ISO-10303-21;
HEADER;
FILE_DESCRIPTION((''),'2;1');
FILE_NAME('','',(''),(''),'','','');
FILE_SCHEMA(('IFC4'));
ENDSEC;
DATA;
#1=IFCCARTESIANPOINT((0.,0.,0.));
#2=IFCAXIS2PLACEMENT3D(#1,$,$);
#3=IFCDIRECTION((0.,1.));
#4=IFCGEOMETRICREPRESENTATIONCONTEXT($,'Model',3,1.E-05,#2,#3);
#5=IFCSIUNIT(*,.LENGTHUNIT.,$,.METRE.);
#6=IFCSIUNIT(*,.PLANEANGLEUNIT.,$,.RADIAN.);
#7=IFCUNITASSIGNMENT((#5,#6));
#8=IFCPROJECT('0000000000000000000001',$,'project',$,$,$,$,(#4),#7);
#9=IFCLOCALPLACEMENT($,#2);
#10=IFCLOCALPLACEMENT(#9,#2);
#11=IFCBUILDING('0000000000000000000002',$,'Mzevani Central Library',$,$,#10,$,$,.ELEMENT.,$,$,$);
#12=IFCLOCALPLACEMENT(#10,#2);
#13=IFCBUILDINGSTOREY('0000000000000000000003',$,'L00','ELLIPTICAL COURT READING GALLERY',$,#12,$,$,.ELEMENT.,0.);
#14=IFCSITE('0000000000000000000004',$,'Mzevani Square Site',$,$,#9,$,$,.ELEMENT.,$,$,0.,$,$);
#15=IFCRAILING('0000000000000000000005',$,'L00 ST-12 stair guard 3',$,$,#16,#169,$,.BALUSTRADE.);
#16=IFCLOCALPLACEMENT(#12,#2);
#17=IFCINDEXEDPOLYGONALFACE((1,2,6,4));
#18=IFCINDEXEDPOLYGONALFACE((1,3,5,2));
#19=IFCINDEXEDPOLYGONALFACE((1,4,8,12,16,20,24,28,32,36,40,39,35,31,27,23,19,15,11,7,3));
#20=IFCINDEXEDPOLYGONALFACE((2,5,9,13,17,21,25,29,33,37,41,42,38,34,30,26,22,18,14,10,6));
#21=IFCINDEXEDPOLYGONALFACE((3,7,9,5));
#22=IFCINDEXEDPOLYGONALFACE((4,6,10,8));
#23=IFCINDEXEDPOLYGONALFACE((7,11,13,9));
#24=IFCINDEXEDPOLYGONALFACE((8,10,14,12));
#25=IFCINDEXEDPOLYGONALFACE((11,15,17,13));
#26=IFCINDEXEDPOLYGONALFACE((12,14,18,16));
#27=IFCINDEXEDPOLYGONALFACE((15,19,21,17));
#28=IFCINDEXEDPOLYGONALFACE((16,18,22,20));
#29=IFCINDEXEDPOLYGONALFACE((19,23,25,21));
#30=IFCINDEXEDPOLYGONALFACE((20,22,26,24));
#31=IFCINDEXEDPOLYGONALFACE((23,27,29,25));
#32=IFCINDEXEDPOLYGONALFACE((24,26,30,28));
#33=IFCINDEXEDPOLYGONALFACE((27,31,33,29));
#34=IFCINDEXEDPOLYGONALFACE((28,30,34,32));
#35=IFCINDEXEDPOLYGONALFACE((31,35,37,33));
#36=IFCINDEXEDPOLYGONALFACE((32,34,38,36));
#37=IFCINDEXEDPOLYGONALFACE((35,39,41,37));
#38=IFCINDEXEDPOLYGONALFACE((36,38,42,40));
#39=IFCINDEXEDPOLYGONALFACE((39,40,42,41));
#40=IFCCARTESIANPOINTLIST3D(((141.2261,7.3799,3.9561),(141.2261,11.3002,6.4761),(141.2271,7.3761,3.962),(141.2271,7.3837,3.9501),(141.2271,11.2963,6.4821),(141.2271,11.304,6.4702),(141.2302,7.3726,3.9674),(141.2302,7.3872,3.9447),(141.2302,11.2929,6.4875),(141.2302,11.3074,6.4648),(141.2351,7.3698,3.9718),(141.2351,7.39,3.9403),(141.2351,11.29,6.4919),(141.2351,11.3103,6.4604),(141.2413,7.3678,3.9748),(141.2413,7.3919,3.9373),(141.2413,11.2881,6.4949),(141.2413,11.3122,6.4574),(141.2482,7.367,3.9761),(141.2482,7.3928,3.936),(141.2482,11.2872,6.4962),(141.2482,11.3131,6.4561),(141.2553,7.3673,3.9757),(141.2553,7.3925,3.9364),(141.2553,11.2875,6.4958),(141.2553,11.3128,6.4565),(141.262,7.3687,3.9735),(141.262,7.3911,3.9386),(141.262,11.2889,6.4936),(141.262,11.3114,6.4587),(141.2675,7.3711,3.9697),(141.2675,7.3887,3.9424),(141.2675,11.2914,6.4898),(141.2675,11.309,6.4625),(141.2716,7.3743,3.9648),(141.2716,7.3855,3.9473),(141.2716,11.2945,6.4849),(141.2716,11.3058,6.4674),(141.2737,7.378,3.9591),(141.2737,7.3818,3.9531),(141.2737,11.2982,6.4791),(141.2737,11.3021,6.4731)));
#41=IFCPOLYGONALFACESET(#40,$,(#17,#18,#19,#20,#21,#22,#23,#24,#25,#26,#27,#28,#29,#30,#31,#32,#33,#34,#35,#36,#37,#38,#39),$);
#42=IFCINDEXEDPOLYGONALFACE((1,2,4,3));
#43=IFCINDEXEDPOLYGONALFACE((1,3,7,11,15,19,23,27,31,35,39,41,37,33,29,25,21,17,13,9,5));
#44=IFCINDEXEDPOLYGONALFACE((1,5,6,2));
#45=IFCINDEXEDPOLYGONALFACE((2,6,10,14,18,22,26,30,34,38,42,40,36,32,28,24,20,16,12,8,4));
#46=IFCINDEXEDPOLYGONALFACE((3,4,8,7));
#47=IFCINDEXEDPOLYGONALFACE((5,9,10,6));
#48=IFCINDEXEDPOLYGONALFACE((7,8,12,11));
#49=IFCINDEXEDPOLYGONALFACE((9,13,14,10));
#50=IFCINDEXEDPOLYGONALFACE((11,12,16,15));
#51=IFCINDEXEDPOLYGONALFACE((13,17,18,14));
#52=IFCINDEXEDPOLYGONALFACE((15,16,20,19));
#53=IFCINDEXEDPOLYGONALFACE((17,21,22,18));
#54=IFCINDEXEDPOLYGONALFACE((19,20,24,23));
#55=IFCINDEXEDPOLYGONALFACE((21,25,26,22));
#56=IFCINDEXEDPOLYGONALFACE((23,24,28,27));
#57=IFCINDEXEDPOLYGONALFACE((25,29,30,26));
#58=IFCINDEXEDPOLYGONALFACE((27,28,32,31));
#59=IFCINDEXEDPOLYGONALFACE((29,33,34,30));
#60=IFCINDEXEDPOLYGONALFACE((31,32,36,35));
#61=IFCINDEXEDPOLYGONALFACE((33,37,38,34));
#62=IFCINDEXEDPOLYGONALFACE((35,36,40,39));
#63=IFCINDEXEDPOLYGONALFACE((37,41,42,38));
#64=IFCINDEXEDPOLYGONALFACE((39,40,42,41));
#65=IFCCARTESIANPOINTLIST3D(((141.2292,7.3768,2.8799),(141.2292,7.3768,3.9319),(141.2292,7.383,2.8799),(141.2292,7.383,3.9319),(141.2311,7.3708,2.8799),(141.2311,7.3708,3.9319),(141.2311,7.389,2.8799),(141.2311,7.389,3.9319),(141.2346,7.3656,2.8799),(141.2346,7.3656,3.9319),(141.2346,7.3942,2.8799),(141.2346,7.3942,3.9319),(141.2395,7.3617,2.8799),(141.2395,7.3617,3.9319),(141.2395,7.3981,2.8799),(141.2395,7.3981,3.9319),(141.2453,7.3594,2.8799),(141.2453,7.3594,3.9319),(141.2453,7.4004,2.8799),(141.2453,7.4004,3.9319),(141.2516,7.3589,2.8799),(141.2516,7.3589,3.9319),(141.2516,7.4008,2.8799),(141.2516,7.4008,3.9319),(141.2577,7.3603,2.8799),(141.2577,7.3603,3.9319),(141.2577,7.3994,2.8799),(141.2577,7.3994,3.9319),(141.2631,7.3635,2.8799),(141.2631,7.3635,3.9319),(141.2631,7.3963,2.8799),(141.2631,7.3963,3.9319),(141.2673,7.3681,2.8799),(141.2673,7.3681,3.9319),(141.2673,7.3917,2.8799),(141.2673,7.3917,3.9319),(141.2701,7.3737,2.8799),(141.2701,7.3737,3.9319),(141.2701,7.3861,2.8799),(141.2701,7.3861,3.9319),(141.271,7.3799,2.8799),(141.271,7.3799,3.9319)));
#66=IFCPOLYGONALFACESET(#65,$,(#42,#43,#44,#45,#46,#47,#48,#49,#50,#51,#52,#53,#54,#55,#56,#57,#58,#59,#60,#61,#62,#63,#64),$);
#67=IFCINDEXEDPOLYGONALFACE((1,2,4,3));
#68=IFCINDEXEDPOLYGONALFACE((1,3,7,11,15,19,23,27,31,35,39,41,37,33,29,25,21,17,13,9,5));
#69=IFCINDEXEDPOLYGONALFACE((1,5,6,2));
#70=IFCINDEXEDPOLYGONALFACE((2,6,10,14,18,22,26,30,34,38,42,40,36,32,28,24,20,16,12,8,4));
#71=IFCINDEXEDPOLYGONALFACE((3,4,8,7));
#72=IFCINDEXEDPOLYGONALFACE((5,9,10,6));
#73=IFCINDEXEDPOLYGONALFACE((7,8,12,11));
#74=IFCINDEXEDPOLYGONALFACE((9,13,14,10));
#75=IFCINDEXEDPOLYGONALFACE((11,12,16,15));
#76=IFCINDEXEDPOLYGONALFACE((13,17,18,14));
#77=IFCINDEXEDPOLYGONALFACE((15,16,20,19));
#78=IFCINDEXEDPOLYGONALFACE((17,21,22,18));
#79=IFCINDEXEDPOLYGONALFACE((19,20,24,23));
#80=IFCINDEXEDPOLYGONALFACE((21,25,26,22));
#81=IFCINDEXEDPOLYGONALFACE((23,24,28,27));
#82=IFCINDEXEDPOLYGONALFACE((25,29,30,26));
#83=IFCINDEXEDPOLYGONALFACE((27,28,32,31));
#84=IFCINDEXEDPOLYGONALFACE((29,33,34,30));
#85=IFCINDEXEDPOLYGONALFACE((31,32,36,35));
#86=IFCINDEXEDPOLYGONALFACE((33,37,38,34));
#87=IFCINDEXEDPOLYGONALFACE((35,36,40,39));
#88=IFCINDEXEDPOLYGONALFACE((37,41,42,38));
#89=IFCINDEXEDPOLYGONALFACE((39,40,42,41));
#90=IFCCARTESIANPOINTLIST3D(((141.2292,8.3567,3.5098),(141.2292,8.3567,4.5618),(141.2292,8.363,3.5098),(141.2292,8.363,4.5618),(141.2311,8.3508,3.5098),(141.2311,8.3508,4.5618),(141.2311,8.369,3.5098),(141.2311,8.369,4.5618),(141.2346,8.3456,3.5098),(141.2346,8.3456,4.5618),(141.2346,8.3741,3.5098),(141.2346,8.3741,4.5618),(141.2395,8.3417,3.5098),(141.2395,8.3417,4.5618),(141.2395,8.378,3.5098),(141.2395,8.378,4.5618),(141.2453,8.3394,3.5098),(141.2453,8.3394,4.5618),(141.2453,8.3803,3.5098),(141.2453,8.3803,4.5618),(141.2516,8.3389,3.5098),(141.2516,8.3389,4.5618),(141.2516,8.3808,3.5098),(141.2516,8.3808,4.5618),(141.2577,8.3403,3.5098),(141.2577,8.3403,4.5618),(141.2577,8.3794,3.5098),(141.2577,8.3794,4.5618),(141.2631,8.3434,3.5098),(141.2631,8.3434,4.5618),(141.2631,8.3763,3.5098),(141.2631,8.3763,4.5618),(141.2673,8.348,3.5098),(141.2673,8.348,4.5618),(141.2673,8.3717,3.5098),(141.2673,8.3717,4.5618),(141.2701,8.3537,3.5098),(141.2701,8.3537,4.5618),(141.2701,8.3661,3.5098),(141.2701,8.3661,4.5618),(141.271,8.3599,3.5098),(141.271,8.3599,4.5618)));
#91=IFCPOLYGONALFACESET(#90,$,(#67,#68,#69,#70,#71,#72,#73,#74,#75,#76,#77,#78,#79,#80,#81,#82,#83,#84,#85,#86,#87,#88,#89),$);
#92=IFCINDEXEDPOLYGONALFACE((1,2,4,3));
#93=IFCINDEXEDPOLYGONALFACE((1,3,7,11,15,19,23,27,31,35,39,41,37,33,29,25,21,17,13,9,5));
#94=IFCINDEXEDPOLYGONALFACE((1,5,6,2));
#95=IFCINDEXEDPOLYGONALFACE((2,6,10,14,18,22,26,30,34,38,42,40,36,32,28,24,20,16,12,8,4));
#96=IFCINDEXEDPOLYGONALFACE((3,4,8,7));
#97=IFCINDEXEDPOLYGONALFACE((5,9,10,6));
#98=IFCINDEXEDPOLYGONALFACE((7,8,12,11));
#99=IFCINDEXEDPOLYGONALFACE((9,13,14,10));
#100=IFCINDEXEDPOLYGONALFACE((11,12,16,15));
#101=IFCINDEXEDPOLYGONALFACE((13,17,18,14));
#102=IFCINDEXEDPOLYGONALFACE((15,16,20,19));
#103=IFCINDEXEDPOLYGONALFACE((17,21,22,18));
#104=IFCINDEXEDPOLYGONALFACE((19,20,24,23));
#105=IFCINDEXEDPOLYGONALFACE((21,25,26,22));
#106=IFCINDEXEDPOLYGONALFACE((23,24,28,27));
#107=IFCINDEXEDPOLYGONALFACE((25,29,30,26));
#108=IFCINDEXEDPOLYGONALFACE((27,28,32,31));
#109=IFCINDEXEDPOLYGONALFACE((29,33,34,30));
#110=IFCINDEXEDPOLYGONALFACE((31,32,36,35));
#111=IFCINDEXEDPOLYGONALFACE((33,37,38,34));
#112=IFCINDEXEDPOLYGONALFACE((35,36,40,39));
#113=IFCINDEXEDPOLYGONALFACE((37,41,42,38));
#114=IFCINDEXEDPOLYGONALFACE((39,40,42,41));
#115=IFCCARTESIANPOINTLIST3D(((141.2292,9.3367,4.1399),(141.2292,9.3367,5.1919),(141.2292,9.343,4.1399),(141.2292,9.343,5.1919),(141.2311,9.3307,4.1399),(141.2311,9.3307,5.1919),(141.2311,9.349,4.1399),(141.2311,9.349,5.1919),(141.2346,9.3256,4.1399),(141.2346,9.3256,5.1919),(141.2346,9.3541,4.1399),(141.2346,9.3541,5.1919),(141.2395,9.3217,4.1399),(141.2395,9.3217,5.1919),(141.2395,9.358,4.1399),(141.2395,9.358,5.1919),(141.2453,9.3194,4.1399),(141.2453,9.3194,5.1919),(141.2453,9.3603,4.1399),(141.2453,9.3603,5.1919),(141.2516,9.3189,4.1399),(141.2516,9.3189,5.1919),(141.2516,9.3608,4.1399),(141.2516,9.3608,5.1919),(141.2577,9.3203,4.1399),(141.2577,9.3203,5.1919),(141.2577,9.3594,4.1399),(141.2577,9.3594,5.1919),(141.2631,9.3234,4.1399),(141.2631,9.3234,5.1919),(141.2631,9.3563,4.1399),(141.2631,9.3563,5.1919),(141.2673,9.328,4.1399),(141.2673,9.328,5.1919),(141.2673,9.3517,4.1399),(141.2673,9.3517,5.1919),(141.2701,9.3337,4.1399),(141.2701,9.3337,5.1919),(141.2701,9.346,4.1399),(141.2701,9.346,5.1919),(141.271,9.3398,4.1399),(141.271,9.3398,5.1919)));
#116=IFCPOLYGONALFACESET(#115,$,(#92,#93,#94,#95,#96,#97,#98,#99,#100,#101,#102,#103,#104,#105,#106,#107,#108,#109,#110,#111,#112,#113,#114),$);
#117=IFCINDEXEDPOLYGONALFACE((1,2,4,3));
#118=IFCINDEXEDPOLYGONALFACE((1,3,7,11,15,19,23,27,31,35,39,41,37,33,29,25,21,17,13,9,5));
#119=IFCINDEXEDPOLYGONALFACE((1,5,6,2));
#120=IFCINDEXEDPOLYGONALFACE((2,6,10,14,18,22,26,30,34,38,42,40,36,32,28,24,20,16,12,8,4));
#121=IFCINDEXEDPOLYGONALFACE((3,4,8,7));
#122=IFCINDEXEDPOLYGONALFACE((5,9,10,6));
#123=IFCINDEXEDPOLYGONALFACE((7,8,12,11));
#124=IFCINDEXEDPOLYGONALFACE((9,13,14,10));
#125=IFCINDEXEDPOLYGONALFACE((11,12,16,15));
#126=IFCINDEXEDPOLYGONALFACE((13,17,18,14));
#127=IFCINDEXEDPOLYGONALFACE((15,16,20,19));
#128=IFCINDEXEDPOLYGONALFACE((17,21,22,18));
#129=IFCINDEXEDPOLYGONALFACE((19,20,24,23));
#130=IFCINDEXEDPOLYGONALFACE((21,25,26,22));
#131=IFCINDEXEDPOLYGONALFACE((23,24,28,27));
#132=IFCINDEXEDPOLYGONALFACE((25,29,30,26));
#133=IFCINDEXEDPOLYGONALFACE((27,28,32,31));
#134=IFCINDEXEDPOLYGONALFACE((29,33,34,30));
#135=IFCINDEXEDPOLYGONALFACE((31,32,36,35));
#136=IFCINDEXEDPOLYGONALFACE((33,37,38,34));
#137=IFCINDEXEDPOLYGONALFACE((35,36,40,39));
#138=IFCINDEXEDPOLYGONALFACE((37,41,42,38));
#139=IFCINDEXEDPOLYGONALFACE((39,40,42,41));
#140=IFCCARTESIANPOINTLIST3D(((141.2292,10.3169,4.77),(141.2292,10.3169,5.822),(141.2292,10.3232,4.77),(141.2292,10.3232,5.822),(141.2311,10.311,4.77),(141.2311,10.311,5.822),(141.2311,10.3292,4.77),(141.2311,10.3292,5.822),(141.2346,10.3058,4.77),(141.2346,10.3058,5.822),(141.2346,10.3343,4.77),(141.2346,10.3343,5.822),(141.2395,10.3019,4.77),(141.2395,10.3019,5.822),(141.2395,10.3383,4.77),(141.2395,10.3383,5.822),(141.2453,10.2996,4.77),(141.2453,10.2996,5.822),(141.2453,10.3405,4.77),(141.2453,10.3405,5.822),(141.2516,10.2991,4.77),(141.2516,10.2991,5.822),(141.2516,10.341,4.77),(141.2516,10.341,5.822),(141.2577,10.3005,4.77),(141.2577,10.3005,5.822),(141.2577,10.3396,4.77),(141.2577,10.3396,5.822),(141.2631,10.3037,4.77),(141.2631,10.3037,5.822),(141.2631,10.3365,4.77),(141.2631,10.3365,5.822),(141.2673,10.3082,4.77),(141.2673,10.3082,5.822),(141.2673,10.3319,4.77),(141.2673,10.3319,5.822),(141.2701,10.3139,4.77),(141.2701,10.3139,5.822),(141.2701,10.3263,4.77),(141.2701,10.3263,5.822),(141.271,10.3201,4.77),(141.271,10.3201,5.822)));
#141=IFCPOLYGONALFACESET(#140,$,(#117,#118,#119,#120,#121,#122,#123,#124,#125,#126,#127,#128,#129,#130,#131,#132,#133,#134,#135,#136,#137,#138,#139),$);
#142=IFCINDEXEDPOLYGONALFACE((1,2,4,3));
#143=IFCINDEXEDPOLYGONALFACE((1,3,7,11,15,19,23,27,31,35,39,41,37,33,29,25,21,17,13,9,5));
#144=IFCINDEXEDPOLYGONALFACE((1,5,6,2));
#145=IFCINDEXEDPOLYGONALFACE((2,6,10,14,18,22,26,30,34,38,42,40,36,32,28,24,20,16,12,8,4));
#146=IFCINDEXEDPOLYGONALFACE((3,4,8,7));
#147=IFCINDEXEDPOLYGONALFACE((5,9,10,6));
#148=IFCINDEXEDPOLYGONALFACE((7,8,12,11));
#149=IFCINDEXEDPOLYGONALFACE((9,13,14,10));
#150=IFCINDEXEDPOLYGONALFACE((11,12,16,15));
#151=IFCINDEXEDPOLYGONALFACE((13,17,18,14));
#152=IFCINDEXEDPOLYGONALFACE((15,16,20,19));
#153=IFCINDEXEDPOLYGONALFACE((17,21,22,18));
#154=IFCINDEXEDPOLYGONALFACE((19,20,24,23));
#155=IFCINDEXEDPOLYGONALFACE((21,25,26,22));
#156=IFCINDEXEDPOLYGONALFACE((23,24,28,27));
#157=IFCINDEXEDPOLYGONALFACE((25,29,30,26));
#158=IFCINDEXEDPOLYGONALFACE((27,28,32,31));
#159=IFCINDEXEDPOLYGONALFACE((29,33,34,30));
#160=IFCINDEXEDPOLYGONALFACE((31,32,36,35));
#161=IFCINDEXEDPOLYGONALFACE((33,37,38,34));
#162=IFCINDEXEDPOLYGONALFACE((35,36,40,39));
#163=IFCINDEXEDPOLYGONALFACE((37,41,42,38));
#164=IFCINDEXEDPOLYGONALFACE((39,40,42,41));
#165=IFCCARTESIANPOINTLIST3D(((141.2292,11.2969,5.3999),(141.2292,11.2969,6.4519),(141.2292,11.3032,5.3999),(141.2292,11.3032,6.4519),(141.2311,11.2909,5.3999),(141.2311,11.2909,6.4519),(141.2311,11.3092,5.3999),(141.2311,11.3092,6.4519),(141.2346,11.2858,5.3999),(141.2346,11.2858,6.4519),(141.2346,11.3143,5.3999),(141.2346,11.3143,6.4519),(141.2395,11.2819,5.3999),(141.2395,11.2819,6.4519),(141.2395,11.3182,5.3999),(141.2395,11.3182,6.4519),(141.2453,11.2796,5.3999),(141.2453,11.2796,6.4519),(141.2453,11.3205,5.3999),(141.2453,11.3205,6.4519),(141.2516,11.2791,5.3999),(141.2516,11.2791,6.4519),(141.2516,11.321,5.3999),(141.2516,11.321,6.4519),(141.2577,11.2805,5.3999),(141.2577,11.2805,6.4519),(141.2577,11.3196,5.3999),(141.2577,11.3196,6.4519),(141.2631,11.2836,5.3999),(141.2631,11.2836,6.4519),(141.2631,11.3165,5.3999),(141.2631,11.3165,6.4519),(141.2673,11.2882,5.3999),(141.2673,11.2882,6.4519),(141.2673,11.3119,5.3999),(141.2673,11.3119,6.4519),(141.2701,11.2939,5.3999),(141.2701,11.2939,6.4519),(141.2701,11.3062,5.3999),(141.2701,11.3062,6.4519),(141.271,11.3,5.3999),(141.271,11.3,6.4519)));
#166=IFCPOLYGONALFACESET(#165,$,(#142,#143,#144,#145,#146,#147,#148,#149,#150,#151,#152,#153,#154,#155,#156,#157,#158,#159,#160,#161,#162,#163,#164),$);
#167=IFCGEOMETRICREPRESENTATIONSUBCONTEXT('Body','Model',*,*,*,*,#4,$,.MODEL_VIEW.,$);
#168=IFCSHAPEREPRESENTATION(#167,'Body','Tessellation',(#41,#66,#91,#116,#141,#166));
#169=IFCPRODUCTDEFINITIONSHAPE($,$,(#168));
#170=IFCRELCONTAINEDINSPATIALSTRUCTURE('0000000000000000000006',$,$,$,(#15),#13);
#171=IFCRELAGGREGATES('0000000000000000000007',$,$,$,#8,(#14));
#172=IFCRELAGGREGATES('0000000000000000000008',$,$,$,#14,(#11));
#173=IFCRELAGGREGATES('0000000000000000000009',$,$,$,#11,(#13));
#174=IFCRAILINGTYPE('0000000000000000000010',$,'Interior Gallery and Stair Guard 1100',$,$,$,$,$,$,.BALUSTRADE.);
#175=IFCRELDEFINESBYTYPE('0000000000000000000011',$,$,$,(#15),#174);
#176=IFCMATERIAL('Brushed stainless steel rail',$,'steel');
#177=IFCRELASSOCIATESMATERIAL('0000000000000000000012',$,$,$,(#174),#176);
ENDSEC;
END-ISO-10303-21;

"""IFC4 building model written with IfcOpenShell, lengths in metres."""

from ifc_helpers import new_model, si_unit, direction, frame, origin, origin_2d, place, context, subcontext, project, spatial, circle, extrude, material, type_object, element, save


model = new_model("IFC4")

# Units and contexts
model_context = context("Model", 3, precision=1e-05, world=origin(), true_north=direction((0.0, 1.0)))
body_context = subcontext(model_context, "Body", "Model", "MODEL_VIEW")
ifc_project = project(units=[si_unit("LENGTHUNIT", "METRE"), si_unit("PLANEANGLEUNIT", "RADIAN")], contexts=[model_context])

# Site, building, storey
site_placement = place(None, origin())
site = spatial("IfcSite", under=ifc_project, at=site_placement, Name="Mzevani Square Site", CompositionType="ELEMENT", RefElevation=0.0)
building_placement = place(site_placement, origin())
building = spatial("IfcBuilding", under=site, at=building_placement, Name="Mzevani Central Library", CompositionType="ELEMENT")
storey_placement = place(building_placement, origin())
storey = spatial("IfcBuildingStorey", under=building, at=storey_placement, Name="L00", Description="ELLIPTICAL COURT READING GALLERY", CompositionType="ELEMENT", Elevation=0.0)

# Railing
ifc_material_1 = material(Name="Brushed stainless steel rail", Category="steel")
railing_type_1 = type_object("IfcRailingType", Name="Interior Gallery and Stair Guard 1100", PredefinedType="BALUSTRADE", material=ifc_material_1)
railing_1_placement = place(storey_placement, frame((141.25, 7.3799, 2.8799)))
element("IfcRailing", 1, at=railing_1_placement, inside=storey, type_object=railing_type_1, Name="L00 ST-12 stair guard 3", PredefinedType="BALUSTRADE", context=body_context, shape_type="SweptSolid", body=[
    extrude(circle(Radius=0.0239, at=origin_2d()), frame((0.0, 0.0, 1.0762), z_axis=(0.0, 0.841187, 0.540744), x_axis=(-1.0, 0.0, 0.0)), (0.0, 0.0, 1.0), 4.6604),
    extrude(circle(Radius=0.021, at=origin_2d()), origin(), (0.0, 0.0, 1.0), 1.052),
    extrude(circle(Radius=0.021, at=origin_2d()), frame((0.0, 0.98, 0.6299)), (0.0, 0.0, 1.0), 1.052),
    extrude(circle(Radius=0.021, at=origin_2d()), frame((0.0, 1.96, 1.26)), (0.0, 0.0, 1.0), 1.052),
    extrude(circle(Radius=0.021, at=origin_2d()), frame((0.0, 2.9402, 1.8901)), (0.0, 0.0, 1.0), 1.052),
    extrude(circle(Radius=0.021, at=origin_2d()), frame((0.0, 3.9202, 2.52)), (0.0, 0.0, 1.0), 1.052),
])

save(model, "model.ifc")
